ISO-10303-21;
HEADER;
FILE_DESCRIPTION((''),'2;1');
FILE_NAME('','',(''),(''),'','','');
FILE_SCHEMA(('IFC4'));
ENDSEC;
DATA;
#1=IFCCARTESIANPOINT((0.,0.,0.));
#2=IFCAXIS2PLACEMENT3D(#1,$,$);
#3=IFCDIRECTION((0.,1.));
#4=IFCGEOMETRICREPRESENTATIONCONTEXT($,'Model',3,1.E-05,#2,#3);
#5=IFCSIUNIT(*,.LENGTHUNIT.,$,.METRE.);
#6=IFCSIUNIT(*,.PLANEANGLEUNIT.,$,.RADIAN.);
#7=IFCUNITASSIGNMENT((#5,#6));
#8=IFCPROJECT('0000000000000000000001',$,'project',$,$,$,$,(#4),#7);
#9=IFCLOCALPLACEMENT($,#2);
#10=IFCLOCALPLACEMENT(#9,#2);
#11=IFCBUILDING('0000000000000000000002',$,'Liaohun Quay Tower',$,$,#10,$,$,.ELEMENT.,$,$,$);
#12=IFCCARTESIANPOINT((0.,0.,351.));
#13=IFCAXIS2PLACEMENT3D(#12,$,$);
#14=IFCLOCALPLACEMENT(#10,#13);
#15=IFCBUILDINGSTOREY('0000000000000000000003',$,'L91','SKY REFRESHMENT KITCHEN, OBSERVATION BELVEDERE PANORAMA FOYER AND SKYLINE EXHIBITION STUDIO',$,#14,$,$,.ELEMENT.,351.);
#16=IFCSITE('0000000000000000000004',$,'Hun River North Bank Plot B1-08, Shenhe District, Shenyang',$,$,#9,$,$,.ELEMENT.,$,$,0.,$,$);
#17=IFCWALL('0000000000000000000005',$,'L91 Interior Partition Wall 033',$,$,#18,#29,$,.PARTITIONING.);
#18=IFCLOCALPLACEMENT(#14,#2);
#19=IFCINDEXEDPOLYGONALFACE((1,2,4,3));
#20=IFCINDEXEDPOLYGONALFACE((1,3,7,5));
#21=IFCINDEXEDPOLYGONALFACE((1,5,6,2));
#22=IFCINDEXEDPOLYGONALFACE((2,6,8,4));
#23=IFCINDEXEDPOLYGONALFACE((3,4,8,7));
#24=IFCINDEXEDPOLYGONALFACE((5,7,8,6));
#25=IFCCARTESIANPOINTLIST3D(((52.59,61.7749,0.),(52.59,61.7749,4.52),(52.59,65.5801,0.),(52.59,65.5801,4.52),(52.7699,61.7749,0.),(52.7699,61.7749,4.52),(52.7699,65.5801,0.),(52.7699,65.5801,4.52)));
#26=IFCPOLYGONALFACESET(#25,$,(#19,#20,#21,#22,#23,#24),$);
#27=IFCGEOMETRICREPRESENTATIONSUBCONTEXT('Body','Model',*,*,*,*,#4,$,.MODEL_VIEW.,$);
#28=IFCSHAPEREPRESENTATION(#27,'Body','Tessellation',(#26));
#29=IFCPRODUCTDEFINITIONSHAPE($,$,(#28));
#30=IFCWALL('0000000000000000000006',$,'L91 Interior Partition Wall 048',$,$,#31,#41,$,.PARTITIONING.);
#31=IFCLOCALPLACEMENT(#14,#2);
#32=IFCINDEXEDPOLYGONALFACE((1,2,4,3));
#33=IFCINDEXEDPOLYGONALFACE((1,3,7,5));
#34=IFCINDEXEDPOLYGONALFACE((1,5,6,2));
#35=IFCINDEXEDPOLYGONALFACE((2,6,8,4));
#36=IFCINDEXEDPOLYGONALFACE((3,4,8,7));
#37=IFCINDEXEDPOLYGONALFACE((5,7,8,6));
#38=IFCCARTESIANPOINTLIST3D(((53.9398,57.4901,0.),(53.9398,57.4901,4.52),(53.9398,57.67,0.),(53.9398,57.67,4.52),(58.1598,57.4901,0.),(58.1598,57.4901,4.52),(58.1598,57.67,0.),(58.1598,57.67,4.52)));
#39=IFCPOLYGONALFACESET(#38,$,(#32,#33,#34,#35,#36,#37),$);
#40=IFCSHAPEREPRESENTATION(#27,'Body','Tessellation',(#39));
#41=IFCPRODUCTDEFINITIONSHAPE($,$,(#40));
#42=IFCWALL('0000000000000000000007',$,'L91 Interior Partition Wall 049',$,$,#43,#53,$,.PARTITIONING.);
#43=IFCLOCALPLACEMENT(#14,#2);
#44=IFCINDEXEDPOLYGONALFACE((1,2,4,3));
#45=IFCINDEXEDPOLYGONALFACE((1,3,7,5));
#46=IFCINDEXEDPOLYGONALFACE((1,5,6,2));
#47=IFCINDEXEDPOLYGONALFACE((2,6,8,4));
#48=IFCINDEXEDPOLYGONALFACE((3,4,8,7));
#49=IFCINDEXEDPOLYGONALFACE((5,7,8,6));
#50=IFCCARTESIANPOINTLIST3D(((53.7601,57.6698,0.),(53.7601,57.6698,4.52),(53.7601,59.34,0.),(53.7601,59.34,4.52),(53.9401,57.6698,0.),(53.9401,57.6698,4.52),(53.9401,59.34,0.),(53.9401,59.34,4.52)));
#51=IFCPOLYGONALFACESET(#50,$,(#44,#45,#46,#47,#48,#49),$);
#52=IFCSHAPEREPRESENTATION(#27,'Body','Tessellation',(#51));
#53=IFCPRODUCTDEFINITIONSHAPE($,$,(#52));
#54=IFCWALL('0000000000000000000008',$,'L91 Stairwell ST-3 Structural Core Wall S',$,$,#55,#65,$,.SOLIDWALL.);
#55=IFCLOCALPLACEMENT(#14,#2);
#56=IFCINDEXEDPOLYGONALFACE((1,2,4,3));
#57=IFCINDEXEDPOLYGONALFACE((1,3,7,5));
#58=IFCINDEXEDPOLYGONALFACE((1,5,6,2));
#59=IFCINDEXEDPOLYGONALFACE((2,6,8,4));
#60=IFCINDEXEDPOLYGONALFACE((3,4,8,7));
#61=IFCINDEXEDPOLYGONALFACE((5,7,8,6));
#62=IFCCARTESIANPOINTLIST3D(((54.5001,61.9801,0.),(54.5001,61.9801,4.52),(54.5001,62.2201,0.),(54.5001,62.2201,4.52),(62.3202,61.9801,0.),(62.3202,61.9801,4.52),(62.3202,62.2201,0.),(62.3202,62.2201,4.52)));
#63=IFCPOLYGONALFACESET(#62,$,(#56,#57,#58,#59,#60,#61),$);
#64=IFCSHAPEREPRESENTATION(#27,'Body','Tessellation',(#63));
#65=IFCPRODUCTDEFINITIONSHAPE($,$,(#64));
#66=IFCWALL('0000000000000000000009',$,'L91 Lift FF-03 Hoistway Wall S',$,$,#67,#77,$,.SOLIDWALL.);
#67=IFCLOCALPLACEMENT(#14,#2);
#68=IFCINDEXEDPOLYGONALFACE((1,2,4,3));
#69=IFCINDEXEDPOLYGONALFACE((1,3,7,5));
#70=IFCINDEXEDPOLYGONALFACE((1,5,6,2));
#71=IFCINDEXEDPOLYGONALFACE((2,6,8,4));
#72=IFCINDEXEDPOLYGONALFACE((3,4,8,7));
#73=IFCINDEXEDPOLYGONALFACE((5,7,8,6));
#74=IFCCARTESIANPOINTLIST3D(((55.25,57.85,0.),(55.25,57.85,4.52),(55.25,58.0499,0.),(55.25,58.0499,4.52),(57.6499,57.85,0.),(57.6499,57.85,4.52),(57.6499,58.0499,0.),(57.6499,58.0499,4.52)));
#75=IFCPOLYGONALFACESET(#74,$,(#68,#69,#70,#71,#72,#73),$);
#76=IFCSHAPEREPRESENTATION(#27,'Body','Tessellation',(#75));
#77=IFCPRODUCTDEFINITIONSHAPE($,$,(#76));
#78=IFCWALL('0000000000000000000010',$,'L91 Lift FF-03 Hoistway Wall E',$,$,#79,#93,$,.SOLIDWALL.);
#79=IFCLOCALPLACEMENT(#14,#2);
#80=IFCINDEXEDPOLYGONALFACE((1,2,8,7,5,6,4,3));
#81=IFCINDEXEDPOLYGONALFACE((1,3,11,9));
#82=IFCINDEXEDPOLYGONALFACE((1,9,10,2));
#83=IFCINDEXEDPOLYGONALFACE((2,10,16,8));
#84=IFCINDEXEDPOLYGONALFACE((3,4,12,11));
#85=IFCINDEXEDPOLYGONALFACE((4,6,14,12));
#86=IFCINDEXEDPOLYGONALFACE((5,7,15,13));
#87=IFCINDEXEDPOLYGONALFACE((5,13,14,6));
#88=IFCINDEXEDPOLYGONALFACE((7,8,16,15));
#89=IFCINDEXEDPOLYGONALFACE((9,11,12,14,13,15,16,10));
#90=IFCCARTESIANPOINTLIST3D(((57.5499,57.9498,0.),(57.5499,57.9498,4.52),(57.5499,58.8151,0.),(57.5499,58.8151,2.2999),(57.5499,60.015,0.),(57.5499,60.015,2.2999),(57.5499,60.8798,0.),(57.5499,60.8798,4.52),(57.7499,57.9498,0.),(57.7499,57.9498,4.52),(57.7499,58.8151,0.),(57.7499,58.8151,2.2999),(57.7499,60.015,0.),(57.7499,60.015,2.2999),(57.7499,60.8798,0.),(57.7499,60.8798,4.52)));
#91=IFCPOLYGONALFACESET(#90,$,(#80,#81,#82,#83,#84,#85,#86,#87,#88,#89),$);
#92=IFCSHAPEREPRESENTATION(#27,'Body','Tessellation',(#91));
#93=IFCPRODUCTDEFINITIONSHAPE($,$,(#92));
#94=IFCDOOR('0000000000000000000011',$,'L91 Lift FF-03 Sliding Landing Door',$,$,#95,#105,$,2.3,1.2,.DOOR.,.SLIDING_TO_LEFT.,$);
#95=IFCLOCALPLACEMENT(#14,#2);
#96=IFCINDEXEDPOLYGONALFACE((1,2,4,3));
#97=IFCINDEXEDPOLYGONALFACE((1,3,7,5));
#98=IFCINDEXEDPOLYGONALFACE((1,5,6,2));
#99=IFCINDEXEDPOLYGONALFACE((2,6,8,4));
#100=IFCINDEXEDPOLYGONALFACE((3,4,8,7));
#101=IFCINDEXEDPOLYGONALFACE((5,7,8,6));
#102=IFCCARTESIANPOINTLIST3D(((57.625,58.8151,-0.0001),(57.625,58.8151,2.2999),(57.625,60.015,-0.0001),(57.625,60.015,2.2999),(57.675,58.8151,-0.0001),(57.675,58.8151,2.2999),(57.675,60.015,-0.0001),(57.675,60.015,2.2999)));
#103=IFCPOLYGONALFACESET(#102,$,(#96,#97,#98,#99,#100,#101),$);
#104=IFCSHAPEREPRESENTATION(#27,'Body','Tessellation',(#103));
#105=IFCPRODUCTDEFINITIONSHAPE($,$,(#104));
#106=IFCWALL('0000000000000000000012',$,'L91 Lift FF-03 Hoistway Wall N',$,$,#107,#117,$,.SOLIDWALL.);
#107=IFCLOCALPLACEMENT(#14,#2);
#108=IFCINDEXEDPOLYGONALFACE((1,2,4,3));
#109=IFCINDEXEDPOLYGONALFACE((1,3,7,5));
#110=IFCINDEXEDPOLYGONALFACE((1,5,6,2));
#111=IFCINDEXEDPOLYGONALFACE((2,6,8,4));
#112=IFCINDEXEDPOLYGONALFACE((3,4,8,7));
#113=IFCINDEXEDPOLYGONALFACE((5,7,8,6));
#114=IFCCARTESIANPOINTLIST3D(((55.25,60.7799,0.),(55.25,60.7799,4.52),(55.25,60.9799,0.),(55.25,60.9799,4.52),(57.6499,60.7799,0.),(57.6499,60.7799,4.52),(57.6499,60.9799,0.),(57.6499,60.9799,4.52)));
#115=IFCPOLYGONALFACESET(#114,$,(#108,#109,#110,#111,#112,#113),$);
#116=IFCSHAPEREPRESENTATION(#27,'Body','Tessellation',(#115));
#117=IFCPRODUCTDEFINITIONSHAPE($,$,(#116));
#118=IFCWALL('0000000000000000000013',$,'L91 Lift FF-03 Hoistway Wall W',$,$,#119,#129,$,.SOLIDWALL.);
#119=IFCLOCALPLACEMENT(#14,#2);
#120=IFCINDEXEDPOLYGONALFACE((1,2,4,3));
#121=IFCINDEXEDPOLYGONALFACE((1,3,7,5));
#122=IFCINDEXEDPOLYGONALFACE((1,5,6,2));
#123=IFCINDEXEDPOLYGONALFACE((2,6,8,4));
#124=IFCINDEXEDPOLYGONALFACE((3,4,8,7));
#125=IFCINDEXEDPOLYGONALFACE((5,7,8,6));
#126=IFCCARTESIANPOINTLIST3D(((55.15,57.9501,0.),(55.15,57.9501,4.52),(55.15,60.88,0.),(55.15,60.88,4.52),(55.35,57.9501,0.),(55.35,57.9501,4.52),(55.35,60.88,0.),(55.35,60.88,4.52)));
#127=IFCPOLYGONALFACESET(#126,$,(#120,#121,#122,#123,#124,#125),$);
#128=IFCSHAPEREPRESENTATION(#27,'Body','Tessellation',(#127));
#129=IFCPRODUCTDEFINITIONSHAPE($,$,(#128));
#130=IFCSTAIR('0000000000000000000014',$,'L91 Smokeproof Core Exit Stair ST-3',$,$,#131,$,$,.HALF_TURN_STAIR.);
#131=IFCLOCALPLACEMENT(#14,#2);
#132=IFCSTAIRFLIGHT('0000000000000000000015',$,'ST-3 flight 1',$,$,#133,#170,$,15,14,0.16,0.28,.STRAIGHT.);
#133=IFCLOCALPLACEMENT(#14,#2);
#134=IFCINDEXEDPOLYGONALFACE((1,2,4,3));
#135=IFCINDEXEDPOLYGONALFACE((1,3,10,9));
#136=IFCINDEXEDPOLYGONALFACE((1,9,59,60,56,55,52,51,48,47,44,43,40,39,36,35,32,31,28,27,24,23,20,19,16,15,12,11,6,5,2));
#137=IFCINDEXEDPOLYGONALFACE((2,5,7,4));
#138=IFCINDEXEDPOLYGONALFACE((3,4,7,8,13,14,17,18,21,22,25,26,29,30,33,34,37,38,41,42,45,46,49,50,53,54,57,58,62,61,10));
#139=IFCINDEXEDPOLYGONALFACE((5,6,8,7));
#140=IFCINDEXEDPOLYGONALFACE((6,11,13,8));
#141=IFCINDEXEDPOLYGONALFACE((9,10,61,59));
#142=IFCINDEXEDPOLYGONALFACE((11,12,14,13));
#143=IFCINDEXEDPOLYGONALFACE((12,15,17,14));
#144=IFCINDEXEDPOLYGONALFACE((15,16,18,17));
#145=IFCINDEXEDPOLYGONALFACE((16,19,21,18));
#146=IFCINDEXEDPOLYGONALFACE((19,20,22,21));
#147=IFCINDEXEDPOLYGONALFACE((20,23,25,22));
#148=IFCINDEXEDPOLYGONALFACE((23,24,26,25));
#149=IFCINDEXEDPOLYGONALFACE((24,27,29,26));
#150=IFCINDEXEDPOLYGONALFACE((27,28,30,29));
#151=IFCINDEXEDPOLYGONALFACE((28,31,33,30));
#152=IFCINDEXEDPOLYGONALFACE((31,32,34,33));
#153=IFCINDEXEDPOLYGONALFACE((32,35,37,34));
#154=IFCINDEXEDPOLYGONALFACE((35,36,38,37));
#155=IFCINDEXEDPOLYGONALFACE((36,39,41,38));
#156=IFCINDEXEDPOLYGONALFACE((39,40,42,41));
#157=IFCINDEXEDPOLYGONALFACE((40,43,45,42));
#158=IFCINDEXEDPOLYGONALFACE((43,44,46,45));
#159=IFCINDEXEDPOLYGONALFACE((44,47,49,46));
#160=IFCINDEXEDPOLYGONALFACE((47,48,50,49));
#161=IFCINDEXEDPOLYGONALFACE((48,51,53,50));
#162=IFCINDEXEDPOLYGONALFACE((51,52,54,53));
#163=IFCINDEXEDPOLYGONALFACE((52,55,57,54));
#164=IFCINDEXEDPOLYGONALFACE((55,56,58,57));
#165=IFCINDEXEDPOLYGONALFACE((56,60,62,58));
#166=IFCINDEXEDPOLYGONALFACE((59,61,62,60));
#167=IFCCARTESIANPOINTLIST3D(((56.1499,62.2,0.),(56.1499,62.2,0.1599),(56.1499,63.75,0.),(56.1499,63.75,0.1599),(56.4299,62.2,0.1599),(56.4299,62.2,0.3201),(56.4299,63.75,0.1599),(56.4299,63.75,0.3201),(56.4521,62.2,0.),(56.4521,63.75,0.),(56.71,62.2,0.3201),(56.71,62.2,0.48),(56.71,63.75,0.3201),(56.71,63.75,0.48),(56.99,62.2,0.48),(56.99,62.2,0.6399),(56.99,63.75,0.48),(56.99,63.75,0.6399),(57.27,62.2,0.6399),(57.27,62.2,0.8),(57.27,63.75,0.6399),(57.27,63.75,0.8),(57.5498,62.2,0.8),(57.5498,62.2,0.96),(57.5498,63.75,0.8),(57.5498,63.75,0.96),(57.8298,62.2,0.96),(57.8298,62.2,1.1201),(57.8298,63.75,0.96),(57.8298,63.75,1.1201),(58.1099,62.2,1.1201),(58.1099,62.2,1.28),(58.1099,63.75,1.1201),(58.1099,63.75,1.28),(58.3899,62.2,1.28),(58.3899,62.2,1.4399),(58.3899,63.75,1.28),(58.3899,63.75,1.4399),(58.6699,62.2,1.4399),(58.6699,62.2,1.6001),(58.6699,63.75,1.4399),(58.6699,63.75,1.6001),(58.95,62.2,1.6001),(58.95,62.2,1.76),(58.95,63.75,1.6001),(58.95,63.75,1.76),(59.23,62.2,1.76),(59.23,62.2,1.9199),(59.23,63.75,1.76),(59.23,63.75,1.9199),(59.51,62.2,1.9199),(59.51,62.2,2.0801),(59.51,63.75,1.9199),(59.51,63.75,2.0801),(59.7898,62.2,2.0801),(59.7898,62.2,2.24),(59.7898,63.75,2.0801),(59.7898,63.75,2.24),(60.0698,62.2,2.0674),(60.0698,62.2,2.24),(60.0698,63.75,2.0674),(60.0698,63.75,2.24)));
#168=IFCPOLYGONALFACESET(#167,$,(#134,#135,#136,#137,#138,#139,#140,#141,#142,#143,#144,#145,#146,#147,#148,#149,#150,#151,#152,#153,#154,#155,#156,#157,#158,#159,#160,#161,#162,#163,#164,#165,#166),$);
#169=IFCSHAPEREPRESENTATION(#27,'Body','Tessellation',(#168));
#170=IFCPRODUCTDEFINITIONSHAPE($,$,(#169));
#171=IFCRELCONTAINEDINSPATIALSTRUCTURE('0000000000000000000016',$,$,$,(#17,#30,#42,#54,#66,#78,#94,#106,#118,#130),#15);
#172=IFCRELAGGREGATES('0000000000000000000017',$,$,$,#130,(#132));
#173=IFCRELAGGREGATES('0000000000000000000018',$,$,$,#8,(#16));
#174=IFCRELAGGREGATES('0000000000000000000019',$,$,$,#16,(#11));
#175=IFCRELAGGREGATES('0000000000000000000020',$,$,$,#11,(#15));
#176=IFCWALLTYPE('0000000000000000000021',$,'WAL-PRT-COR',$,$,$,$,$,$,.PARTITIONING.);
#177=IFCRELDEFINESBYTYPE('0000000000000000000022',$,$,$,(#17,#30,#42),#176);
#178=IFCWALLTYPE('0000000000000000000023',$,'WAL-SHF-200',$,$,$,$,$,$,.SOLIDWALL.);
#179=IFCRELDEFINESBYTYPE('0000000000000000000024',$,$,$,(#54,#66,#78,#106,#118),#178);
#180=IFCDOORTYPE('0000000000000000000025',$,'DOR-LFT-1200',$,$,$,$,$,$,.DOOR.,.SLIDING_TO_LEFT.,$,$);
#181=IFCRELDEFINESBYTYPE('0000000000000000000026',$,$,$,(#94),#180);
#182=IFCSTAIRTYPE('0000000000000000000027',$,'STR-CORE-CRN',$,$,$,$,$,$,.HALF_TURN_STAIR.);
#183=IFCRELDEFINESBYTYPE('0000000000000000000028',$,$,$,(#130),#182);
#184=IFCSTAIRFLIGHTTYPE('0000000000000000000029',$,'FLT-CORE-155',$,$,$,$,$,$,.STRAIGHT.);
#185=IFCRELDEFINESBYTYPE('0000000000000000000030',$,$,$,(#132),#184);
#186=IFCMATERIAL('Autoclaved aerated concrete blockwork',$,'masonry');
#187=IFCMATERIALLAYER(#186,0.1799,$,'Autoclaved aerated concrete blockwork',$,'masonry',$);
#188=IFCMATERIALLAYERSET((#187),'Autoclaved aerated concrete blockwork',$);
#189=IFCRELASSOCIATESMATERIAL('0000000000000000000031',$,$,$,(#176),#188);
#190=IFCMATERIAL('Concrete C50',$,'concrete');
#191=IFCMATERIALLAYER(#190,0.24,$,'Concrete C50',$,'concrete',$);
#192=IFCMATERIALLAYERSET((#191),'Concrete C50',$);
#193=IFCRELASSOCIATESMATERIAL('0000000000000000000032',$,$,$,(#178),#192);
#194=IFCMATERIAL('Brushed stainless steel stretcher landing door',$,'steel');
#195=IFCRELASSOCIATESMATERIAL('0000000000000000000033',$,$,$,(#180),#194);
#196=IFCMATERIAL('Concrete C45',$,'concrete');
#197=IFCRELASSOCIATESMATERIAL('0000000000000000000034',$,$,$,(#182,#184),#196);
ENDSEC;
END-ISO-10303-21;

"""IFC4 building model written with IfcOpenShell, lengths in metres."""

from ifc_helpers import new_model, si_unit, direction, frame, frame_2d, origin, place, context, subcontext, project, spatial, polyline, rectangle, outline, extrude, source, transform, mapped, material, layer, layer_set, type_object, element, fill, aggregate, save


model = new_model("IFC4")

# Units and contexts
model_context = context("Model", 3, precision=1e-05, world=origin(), true_north=direction((0.0, 1.0)))
body_context = subcontext(model_context, "Body", "Model", "MODEL_VIEW")
ifc_project = project(units=[si_unit("LENGTHUNIT", "METRE"), si_unit("PLANEANGLEUNIT", "RADIAN")], contexts=[model_context])

# Site, building, storey
site_placement = place(None, origin())
site = spatial("IfcSite", under=ifc_project, at=site_placement, Name="Hun River North Bank Plot B1-08, Shenhe District, Shenyang", CompositionType="ELEMENT", RefElevation=0.0)
building_placement = place(site_placement, origin())
building = spatial("IfcBuilding", under=site, at=building_placement, Name="Liaohun Quay Tower", CompositionType="ELEMENT")
storey_placement = place(building_placement, frame((0.0, 0.0, 351.0)))
storey = spatial("IfcBuildingStorey", under=building, at=storey_placement, Name="L91", Description="SKY REFRESHMENT KITCHEN, OBSERVATION BELVEDERE PANORAMA FOYER AND SKYLINE EXHIBITION STUDIO", CompositionType="ELEMENT", Elevation=351.0)

# Shared definitions
ifc_material_1 = material(Name="Concrete C50", Category="concrete")

# Walls
ifc_material_2 = material(Name="Autoclaved aerated concrete blockwork", Category="masonry")
ifc_layer_1 = layer(ifc_material_2, 0.1799, Name="Autoclaved aerated concrete blockwork", Category="masonry")
ifc_layer_set_1 = layer_set([ifc_layer_1], Name="Autoclaved aerated concrete blockwork")
wall_type_1 = type_object("IfcWallType", Name="WAL-PRT-COR", PredefinedType="PARTITIONING", material=ifc_layer_set_1)
wall_1_placement = place(storey_placement, frame((52.6799, 61.7749, 0.0), z_axis=(0.0, 0.0, 1.0), x_axis=(0.0, 1.0, 0.0)))
element("IfcWall", 1, at=wall_1_placement, inside=storey, type_object=wall_type_1, Name="L91 Interior Partition Wall 033", PredefinedType="PARTITIONING", context=body_context, shape_type="SweptSolid", body=[
    extrude(rectangle(XDim=3.8052, YDim=0.1799, at=frame_2d((1.9026, 0.0))), origin(), (0.0, 0.0, 1.0), 4.52),
])
wall_2_placement = place(storey_placement, frame((53.9399, 57.5801, 0.0), z_axis=(0.0, 0.0, 1.0), x_axis=(1.0, 0.0, 0.0)))
element("IfcWall", 2, at=wall_2_placement, inside=storey, type_object=wall_type_1, Name="L91 Interior Partition Wall 048", PredefinedType="PARTITIONING", context=body_context, shape_type="SweptSolid", body=[
    extrude(rectangle(XDim=4.22, YDim=0.1799, at=frame_2d((2.1099, 0.0))), origin(), (0.0, 0.0, 1.0), 4.52),
])
wall_3_placement = place(storey_placement, frame((53.8501, 57.6699, 0.0), z_axis=(0.0, 0.0, 1.0), x_axis=(0.0, 1.0, 0.0)))
element("IfcWall", 3, at=wall_3_placement, inside=storey, type_object=wall_type_1, Name="L91 Interior Partition Wall 049", PredefinedType="PARTITIONING", context=body_context, shape_type="SweptSolid", body=[
    extrude(rectangle(XDim=1.6702, YDim=0.1799, at=frame_2d((0.835, 0.0))), origin(), (0.0, 0.0, 1.0), 4.52),
])
ifc_layer_2 = layer(ifc_material_1, 0.24, Name="Concrete C50", Category="concrete")
ifc_layer_set_2 = layer_set([ifc_layer_2], Name="Concrete C50")
wall_type_2 = type_object("IfcWallType", Name="WAL-SHF-200", PredefinedType="SOLIDWALL", material=ifc_layer_set_2)
wall_4_placement = place(storey_placement, frame((54.5, 62.1001, 0.0), z_axis=(0.0, 0.0, 1.0), x_axis=(1.0, 0.0, 0.0)))
element("IfcWall", 4, at=wall_4_placement, inside=storey, type_object=wall_type_2, Name="L91 Stairwell ST-3 Structural Core Wall S", PredefinedType="SOLIDWALL", context=body_context, shape_type="SweptSolid", body=[
    extrude(rectangle(XDim=7.8201, YDim=0.24, at=frame_2d((3.9102, 0.0))), origin(), (0.0, 0.0, 1.0), 4.52),
])
wall_5_placement = place(storey_placement, frame((55.25, 57.95, 0.0), z_axis=(0.0, 0.0, 1.0), x_axis=(1.0, 0.0, 0.0)))
element("IfcWall", 5, at=wall_5_placement, inside=storey, type_object=wall_type_2, Name="L91 Lift FF-03 Hoistway Wall S", PredefinedType="SOLIDWALL", context=body_context, shape_type="SweptSolid", body=[
    extrude(rectangle(XDim=2.3999, YDim=0.2, at=frame_2d((1.2, 0.0))), origin(), (0.0, 0.0, 1.0), 4.52),
])

# Wall, opening, door
wall_6_placement = place(storey_placement, frame((57.6499, 57.95, 0.0), z_axis=(0.0, 0.0, 1.0), x_axis=(0.0, 1.0, 0.0)))
wall_6 = element("IfcWall", 6, at=wall_6_placement, inside=storey, type_object=wall_type_2, Name="L91 Lift FF-03 Hoistway Wall E", PredefinedType="SOLIDWALL", context=body_context, shape_type="SweptSolid", body=[
    extrude(rectangle(XDim=2.9299, YDim=0.2, at=frame_2d((1.4648, 0.0))), origin(), (0.0, 0.0, 1.0), 4.52),
])
shared_shape_1 = source(origin(), body_context, "Body", "SweptSolid", [
    extrude(rectangle(XDim=1.2, YDim=2.3, at=frame_2d((0.6001, 1.1499))), frame((0.0, 0.1099, 0.0), z_axis=(0.0, -1.0, 0.0), x_axis=(1.0, 0.0, 0.0)), (0.0, 0.0, 1.0), 0.22),
])
opening_placement = place(wall_6_placement, frame((0.865, 0.0, 0.0)))
opening = element("IfcOpeningElement", 7, at=opening_placement, cuts=wall_6, PredefinedType="OPENING", context=body_context, shape_type="MappedRepresentation", body=[
    mapped(shared_shape_1, transform((0.0, 0.0, 0.0), x_axis=(1.0, 0.0, 0.0), y_axis=(0.0, 1.0, 0.0), z_axis=(0.0, 0.0, 1.0), scale=1.0)),
])
ifc_material_3 = material(Name="Brushed stainless steel stretcher landing door", Category="steel")
door_type = type_object("IfcDoorType", Name="DOR-LFT-1200", OperationType="SLIDING_TO_LEFT", PredefinedType="DOOR", material=ifc_material_3)
shared_shape_2 = source(origin(), body_context, "Body", "SweptSolid", [
    extrude(rectangle(XDim=1.2, YDim=2.3, at=frame_2d((0.6001, 1.1499))), frame((0.0, 0.0249, 0.0), z_axis=(0.0, -1.0, 0.0), x_axis=(1.0, 0.0, 0.0)), (0.0, 0.0, 1.0), 0.05),
])
door_placement = place(opening_placement, origin())
door = element("IfcDoor", 8, at=door_placement, inside=storey, type_object=door_type, Name="L91 Lift FF-03 Sliding Landing Door", OperationType="SLIDING_TO_LEFT", OverallHeight=2.3, OverallWidth=1.2, PredefinedType="DOOR", context=body_context, shape_type="MappedRepresentation", body=[
    mapped(shared_shape_2, transform((0.0, 0.0, 0.0), x_axis=(1.0, 0.0, 0.0), y_axis=(0.0, 1.0, 0.0), z_axis=(0.0, 0.0, 1.0), scale=1.0)),
])
fill(opening, door)

# Walls
wall_7_placement = place(storey_placement, frame((57.6499, 60.8799, 0.0), z_axis=(0.0, 0.0, 1.0), x_axis=(-1.0, 0.0, 0.0)))
element("IfcWall", 9, at=wall_7_placement, inside=storey, type_object=wall_type_2, Name="L91 Lift FF-03 Hoistway Wall N", PredefinedType="SOLIDWALL", context=body_context, shape_type="SweptSolid", body=[
    extrude(rectangle(XDim=2.3999, YDim=0.2, at=frame_2d((1.2, 0.0))), origin(), (0.0, 0.0, 1.0), 4.52),
])
wall_8_placement = place(storey_placement, frame((55.25, 60.8799, 0.0), z_axis=(0.0, 0.0, 1.0), x_axis=(0.0, -1.0, 0.0)))
element("IfcWall", 10, at=wall_8_placement, inside=storey, type_object=wall_type_2, Name="L91 Lift FF-03 Hoistway Wall W", PredefinedType="SOLIDWALL", context=body_context, shape_type="SweptSolid", body=[
    extrude(rectangle(XDim=2.9299, YDim=0.2, at=frame_2d((1.4648, 0.0))), origin(), (0.0, 0.0, 1.0), 4.52),
])

# Stair, stair flight
ifc_material_4 = material(Name="Concrete C45", Category="concrete")
stair_type = type_object("IfcStairType", Name="STR-CORE-CRN", PredefinedType="HALF_TURN_STAIR", material=ifc_material_4)
stair_placement = place(storey_placement, origin())
stair = element("IfcStair", 11, at=stair_placement, inside=storey, type_object=stair_type, Name="L91 Smokeproof Core Exit Stair ST-3", PredefinedType="HALF_TURN_STAIR")
stair_flight_type = type_object("IfcStairFlightType", Name="FLT-CORE-155", PredefinedType="STRAIGHT", material=ifc_material_4)
stair_flight_placement = place(storey_placement, frame((56.1499, 62.9751, 0.0), z_axis=(0.0, 0.0, 1.0), x_axis=(1.0, 0.0, 0.0)))
stair_flight = element("IfcStairFlight", 12, at=stair_flight_placement, type_object=stair_flight_type, Name="ST-3 flight 1", NumberOfRisers=15, NumberOfTreads=14, PredefinedType="STRAIGHT", RiserHeight=0.16, TreadLength=0.28, context=body_context, shape_type="SweptSolid", body=[
    extrude(outline(polyline([(0.0, 0.0), (0.0, 0.1599), (0.28, 0.1599), (0.28, 0.3201), (0.5601, 0.3201), (0.5601, 0.48), (0.8401, 0.48), (0.8401, 0.6399), (1.1201, 0.6399), (1.1201, 0.8), (1.3999, 0.8), (1.3999, 0.96), (1.6799, 0.96), (1.6799, 1.1201), (1.96, 1.1201), (1.96, 1.28), (2.24, 1.28), (2.24, 1.4399), (2.52, 1.4399), (2.52, 1.6001), (2.8, 1.6001), (2.8, 1.76), (3.0801, 1.76), (3.0801, 1.9199), (3.3601, 1.9199), (3.3601, 2.0801), (3.6399, 2.0801), (3.6399, 2.24), (3.9199, 2.24), (3.9199, 2.3999), (3.9199, 2.0674), (0.3022, 0.0), (0.0, 0.0)])), frame((0.0, 0.7749, 0.0), z_axis=(0.0, -1.0, 0.0), x_axis=(1.0, 0.0, 0.0)), (0.0, 0.0, 1.0), 1.55),
])
aggregate(stair, [stair_flight])

save(model, "model.ifc")
